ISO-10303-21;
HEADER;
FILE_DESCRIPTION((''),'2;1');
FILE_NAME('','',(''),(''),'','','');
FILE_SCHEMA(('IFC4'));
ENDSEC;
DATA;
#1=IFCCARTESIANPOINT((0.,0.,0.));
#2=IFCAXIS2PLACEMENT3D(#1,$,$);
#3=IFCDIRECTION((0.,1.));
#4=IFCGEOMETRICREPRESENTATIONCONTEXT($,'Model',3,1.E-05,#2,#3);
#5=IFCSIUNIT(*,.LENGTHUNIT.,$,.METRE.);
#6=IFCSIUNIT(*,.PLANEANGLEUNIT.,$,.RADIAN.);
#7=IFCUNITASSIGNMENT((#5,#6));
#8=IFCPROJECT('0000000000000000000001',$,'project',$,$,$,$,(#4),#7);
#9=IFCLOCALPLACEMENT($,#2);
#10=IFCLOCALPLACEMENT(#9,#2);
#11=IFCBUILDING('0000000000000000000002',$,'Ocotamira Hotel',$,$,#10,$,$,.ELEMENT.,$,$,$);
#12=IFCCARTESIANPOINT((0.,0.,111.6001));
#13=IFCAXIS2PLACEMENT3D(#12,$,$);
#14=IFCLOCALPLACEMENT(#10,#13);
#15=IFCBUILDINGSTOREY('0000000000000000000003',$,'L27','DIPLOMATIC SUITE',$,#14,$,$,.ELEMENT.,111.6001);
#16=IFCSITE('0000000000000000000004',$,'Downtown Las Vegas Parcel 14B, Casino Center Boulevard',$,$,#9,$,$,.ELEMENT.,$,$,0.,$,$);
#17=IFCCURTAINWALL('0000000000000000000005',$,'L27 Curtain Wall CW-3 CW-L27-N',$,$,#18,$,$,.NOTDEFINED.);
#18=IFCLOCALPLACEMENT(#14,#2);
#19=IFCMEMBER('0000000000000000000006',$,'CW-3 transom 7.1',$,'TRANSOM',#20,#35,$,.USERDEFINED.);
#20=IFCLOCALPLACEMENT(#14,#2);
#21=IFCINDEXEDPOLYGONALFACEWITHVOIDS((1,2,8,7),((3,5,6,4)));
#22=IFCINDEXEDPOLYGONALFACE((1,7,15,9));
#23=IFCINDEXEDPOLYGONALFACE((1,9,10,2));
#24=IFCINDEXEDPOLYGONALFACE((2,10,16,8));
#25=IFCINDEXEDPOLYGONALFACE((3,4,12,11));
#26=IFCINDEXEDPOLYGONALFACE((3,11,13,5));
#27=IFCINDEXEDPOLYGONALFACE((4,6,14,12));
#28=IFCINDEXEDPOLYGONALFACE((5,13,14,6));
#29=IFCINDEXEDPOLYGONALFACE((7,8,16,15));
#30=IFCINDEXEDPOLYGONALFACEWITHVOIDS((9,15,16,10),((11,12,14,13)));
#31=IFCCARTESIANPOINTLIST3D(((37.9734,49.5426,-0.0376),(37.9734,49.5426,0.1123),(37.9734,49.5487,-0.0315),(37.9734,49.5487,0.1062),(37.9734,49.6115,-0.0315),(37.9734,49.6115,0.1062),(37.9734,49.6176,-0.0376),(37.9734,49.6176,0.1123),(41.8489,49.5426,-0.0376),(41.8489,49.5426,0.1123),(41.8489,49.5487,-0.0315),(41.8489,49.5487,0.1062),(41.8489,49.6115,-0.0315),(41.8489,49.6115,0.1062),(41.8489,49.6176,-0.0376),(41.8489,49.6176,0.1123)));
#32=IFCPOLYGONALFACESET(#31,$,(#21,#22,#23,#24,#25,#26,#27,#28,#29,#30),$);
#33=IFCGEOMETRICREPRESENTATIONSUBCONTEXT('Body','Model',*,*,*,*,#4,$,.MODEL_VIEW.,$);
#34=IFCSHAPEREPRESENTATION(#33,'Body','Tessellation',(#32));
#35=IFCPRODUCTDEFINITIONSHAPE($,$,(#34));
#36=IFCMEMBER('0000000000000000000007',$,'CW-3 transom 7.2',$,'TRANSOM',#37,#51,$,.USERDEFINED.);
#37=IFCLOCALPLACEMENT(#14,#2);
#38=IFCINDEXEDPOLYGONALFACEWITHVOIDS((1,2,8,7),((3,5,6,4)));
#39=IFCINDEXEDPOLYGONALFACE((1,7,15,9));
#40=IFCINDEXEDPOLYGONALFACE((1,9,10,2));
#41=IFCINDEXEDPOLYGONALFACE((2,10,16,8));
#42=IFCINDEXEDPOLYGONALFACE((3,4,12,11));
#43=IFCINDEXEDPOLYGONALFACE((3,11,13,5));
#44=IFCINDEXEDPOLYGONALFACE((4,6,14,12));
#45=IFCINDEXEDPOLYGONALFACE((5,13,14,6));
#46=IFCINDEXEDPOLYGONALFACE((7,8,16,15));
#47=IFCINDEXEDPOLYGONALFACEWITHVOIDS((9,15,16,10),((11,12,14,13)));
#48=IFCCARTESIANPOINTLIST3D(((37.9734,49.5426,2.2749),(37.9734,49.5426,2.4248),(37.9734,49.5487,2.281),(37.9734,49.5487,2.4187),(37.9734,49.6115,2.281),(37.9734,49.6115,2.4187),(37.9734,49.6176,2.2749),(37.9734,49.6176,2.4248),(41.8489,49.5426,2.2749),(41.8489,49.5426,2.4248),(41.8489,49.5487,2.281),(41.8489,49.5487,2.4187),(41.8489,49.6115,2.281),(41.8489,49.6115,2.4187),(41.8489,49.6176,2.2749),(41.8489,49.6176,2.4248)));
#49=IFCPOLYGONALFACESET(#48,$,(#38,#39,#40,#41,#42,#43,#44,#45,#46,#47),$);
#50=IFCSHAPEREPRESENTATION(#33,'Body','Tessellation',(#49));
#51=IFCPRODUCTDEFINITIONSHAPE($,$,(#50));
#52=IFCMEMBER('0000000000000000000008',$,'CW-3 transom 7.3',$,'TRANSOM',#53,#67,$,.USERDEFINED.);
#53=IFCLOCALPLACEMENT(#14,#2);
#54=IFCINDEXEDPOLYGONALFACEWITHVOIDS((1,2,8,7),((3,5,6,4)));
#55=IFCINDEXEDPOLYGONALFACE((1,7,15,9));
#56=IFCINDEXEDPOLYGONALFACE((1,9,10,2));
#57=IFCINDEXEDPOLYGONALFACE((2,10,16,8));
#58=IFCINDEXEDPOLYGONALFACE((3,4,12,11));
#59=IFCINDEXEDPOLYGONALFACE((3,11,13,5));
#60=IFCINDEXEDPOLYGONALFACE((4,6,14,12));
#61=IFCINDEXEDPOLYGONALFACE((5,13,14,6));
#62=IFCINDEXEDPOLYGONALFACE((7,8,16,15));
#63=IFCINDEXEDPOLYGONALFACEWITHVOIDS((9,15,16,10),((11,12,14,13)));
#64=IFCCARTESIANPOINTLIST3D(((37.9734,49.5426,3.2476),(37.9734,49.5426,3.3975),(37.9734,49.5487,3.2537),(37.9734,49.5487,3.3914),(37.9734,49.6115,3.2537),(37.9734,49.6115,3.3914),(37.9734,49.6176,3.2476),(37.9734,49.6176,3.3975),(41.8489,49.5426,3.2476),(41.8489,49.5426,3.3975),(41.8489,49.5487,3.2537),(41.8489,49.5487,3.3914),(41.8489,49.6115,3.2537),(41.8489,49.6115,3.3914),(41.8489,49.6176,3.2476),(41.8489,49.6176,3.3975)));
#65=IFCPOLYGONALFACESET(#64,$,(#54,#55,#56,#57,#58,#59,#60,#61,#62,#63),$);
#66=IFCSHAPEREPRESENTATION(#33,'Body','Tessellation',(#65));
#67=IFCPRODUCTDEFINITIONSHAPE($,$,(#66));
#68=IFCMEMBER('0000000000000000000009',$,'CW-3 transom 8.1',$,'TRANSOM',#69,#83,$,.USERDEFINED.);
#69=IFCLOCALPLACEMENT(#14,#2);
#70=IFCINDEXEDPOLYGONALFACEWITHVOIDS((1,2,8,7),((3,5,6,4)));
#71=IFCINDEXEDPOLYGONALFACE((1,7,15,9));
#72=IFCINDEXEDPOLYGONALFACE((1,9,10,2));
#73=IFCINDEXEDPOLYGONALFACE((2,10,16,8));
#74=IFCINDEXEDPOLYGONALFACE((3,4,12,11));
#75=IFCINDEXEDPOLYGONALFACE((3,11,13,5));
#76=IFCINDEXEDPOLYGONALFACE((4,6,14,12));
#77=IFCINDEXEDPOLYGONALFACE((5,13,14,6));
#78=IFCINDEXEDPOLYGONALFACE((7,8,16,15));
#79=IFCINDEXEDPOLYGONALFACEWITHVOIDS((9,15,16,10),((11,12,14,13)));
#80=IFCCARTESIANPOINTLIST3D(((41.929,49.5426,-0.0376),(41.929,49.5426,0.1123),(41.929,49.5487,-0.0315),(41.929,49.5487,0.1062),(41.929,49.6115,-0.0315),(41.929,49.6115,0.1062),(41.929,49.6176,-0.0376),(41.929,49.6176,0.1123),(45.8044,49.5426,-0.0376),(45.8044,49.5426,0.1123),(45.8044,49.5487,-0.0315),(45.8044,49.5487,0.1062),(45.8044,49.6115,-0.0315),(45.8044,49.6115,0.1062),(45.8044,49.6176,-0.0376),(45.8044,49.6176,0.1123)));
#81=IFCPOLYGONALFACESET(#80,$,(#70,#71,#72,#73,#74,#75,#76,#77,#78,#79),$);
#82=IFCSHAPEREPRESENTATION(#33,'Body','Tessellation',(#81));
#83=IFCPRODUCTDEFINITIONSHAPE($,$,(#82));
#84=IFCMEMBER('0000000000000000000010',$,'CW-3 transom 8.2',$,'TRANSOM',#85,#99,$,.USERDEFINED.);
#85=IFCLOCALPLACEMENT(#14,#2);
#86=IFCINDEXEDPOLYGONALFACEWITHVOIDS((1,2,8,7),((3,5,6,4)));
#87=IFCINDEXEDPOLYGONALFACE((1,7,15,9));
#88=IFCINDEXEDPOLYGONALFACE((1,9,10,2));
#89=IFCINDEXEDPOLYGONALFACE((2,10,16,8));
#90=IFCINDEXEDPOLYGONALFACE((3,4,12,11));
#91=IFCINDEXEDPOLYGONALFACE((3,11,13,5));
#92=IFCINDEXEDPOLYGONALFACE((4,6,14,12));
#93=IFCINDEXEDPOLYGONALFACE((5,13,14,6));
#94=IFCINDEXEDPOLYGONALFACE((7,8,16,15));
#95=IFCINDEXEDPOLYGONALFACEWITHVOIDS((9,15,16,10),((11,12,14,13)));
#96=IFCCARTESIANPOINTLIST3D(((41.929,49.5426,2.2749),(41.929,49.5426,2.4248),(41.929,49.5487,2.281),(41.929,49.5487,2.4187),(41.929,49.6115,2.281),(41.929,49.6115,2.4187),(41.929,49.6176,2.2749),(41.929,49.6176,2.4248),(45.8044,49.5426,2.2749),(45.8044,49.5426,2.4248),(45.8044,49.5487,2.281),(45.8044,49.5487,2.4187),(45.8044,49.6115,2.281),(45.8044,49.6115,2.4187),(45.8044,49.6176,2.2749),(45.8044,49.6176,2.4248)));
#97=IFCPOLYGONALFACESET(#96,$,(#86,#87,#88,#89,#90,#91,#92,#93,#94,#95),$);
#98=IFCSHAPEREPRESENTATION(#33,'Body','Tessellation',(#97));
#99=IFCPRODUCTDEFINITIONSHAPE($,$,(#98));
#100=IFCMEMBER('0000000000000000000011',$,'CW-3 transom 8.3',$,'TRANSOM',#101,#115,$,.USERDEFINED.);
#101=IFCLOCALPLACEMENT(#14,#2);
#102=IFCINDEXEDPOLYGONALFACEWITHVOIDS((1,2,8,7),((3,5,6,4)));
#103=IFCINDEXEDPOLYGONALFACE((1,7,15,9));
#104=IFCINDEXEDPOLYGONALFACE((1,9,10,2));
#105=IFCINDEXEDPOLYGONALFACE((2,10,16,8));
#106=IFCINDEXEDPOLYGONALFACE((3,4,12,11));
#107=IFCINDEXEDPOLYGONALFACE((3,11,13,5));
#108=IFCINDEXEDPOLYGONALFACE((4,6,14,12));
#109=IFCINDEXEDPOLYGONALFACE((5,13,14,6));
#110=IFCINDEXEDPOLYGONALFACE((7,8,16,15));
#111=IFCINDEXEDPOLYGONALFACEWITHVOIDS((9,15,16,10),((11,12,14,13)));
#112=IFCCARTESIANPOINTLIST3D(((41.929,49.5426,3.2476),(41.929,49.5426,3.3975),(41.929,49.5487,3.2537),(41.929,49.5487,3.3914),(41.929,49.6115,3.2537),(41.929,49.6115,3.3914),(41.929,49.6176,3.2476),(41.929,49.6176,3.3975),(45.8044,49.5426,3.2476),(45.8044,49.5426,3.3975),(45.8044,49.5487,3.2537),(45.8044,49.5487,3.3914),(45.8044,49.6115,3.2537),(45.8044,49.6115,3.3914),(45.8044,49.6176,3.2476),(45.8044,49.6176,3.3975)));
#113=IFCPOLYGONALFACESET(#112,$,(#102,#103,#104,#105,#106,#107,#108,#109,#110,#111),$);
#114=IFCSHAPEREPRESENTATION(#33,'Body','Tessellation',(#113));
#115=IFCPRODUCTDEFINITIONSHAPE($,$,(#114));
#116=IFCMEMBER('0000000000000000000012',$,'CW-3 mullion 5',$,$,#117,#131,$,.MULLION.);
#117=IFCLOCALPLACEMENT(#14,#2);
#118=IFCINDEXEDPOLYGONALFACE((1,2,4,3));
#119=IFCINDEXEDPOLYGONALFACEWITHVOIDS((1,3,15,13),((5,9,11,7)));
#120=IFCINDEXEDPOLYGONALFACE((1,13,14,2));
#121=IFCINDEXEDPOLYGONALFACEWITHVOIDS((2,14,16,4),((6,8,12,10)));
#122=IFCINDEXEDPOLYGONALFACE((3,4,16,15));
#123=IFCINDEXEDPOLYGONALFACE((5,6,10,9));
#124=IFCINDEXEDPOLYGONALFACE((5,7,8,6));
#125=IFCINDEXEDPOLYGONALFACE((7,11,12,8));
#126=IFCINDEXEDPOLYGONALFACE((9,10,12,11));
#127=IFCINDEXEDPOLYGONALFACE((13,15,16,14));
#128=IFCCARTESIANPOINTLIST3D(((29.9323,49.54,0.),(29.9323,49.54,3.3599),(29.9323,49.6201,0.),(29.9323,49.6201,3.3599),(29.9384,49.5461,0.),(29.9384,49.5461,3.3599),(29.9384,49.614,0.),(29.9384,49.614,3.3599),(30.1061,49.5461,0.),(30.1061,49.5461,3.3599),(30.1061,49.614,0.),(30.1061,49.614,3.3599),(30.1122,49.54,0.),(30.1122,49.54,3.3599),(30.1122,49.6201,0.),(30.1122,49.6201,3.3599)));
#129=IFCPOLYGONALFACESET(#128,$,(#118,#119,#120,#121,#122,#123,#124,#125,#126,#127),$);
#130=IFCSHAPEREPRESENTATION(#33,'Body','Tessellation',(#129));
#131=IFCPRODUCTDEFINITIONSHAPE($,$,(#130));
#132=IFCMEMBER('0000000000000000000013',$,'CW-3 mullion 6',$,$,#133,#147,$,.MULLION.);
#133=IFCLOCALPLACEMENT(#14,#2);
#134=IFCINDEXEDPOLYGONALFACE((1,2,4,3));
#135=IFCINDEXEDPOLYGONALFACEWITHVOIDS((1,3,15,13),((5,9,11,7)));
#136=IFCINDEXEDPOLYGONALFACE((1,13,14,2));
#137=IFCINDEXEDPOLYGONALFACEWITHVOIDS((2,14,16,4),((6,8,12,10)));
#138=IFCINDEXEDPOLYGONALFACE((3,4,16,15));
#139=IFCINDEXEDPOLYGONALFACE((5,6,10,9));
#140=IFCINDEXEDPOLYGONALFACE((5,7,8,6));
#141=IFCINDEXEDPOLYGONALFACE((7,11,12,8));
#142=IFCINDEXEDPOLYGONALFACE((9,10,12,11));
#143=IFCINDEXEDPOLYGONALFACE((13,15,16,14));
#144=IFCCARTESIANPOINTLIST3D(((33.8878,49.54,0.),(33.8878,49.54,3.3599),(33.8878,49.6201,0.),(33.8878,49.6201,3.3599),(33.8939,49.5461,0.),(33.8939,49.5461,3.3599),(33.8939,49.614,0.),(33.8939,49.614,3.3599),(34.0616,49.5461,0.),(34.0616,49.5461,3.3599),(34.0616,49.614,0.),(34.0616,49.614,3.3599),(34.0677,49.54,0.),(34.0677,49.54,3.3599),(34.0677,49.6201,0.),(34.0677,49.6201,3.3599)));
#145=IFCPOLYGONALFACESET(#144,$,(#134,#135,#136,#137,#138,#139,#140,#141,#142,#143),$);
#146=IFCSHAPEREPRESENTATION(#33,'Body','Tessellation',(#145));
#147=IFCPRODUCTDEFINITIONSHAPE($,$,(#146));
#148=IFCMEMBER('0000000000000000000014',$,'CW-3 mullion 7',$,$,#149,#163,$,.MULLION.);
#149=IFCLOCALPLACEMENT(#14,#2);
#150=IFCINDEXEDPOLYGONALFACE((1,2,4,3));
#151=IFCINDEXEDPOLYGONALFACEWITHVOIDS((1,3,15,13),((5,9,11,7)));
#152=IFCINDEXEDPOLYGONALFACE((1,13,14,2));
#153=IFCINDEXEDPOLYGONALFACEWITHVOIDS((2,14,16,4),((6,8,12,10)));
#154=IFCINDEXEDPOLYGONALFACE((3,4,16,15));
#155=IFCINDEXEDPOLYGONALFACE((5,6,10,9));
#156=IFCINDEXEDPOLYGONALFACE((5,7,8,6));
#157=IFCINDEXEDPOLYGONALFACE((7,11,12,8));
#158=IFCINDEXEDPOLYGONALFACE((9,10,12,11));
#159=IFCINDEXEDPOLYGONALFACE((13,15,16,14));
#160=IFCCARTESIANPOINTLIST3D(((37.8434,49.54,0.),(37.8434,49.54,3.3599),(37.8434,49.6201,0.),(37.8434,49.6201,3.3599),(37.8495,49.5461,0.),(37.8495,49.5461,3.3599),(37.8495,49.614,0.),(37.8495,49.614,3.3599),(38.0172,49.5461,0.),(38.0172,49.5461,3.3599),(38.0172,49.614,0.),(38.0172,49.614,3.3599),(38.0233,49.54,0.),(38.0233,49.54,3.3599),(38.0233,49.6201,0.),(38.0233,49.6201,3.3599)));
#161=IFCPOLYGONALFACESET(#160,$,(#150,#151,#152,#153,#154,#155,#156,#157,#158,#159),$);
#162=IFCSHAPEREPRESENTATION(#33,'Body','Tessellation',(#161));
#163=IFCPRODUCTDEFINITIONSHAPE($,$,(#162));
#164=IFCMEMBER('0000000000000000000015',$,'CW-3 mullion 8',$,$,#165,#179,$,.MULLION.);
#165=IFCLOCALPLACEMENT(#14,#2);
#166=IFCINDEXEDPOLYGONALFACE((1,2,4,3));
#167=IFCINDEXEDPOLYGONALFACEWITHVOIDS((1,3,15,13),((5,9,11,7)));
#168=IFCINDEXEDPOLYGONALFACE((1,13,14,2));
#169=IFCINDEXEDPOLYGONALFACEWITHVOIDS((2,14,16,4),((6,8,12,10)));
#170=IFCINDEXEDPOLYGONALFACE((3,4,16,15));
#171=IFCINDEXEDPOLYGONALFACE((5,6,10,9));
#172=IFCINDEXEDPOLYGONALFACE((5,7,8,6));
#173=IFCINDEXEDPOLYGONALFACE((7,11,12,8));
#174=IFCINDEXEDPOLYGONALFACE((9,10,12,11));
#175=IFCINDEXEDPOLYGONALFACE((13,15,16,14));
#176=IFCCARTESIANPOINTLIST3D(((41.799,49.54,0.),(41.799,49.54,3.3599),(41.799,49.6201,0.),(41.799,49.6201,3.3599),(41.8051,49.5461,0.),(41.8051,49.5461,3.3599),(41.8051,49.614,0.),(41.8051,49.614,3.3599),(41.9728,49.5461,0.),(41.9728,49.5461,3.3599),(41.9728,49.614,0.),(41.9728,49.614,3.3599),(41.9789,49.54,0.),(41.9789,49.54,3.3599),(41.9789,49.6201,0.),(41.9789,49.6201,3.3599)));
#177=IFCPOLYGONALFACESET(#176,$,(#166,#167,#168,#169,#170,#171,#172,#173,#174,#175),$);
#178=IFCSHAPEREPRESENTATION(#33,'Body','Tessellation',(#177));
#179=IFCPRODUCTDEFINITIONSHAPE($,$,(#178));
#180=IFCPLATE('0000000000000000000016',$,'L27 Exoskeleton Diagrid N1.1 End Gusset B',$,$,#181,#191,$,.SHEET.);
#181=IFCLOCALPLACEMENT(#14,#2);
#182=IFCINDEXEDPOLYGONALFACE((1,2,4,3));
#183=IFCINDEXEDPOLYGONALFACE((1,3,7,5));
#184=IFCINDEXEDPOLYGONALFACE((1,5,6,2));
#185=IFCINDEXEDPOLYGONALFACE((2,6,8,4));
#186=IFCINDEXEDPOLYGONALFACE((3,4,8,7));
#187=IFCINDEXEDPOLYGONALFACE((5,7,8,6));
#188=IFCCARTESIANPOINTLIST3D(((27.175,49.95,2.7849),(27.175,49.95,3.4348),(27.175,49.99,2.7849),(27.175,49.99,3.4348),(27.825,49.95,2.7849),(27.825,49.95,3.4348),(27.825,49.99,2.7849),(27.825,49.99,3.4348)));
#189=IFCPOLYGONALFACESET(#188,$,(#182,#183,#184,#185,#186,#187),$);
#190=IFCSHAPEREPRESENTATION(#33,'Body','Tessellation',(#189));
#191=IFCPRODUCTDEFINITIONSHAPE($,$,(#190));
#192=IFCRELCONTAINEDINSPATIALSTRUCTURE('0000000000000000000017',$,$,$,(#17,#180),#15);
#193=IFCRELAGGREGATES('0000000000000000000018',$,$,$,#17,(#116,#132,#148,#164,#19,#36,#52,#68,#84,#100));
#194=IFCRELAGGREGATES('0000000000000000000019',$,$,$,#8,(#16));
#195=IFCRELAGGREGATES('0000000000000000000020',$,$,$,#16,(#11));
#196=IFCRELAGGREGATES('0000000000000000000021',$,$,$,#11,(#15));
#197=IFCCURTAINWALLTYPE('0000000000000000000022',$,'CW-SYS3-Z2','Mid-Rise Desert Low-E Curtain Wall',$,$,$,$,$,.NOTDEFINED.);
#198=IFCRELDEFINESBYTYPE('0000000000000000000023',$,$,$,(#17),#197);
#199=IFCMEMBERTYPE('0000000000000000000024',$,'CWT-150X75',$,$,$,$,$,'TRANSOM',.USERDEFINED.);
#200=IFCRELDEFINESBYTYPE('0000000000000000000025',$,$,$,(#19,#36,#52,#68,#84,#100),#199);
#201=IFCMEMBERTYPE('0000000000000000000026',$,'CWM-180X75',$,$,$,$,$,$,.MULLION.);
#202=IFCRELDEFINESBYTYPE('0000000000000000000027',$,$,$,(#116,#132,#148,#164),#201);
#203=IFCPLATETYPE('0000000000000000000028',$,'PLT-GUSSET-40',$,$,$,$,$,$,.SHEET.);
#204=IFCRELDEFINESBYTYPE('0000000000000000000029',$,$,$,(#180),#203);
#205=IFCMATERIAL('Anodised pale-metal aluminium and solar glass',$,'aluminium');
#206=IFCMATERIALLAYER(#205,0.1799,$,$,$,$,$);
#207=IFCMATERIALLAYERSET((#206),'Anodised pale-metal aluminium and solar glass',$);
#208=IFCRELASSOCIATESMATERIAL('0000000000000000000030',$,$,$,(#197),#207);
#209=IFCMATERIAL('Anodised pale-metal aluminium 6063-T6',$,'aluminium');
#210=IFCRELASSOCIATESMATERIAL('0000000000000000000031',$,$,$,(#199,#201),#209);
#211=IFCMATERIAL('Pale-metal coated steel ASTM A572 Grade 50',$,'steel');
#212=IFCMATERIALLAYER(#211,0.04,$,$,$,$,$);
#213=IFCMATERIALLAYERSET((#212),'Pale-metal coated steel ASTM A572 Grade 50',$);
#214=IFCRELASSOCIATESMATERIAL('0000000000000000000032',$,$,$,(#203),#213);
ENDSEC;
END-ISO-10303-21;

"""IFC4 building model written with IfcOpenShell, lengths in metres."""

from ifc_helpers import new_model, si_unit, direction, frame, origin, origin_2d, place, context, subcontext, project, spatial, rectangle, hollow_rectangle, extrude, source, transform, mapped, material, layer, layer_set, material_profile, profile_set, type_object, element, aggregate, save


model = new_model("IFC4")

# Units and contexts
model_context = context("Model", 3, precision=1e-05, world=origin(), true_north=direction((0.0, 1.0)))
body_context = subcontext(model_context, "Body", "Model", "MODEL_VIEW")
ifc_project = project(units=[si_unit("LENGTHUNIT", "METRE"), si_unit("PLANEANGLEUNIT", "RADIAN")], contexts=[model_context])

# Site, building, storey
site_placement = place(None, origin())
site = spatial("IfcSite", under=ifc_project, at=site_placement, Name="Downtown Las Vegas Parcel 14B, Casino Center Boulevard", CompositionType="ELEMENT", RefElevation=0.0)
building_placement = place(site_placement, origin())
building = spatial("IfcBuilding", under=site, at=building_placement, Name="Ocotamira Hotel", CompositionType="ELEMENT")
storey_placement = place(building_placement, frame((0.0, 0.0, 111.6001)))
storey = spatial("IfcBuildingStorey", under=building, at=storey_placement, Name="L27", Description="DIPLOMATIC SUITE", CompositionType="ELEMENT", Elevation=111.6001)

# Curtain wall, members
ifc_material_1 = material(Name="Anodised pale-metal aluminium and solar glass", Category="aluminium")
ifc_layer_1 = layer(ifc_material_1, 0.1799)
ifc_layer_set_1 = layer_set([ifc_layer_1], Name="Anodised pale-metal aluminium and solar glass")
curtain_wall_type = type_object("IfcCurtainWallType", Name="CW-SYS3-Z2", Description="Mid-Rise Desert Low-E Curtain Wall", PredefinedType="NOTDEFINED", material=ifc_layer_set_1)
curtain_wall_placement = place(storey_placement, origin())
curtain_wall = element("IfcCurtainWall", 1, at=curtain_wall_placement, inside=storey, type_object=curtain_wall_type, Name="L27 Curtain Wall CW-3 CW-L27-N", PredefinedType="NOTDEFINED")
ifc_material_2 = material(Name="Anodised pale-metal aluminium 6063-T6", Category="aluminium")
ifc_material_profile_1 = material_profile(ifc_material_2, hollow_rectangle(XDim=0.075, YDim=0.1499, WallThickness=0.0061, at=origin_2d()), Name="HSS150X75X6")
ifc_profile_set_1 = profile_set([ifc_material_profile_1], Name="Anodised pale-metal aluminium 6063-T6")
member_type_1 = type_object("IfcMemberType", Name="CWT-150X75", ElementType="TRANSOM", PredefinedType="USERDEFINED", material=ifc_profile_set_1)
shared_shape_1 = source(origin(), body_context, "Body", "SweptSolid", [
    extrude(hollow_rectangle(XDim=0.075, YDim=0.1499, WallThickness=0.0061, at=origin_2d()), origin(), (0.0, 0.0, 1.0), 3.8755),
])
member_1_placement = place(storey_placement, frame((37.9734, 49.5801, 0.0374), z_axis=(1.0, 0.0, 0.0), x_axis=(0.0, 1.0, 0.0)))
member_1 = element("IfcMember", 2, at=member_1_placement, type_object=member_type_1, Name="CW-3 transom 7.1", ObjectType="TRANSOM", PredefinedType="USERDEFINED", context=body_context, shape_type="MappedRepresentation", body=[
    mapped(shared_shape_1, transform((0.0, 0.0, 0.0), scale=1.0)),
])
member_2_placement = place(storey_placement, frame((37.9734, 49.5801, 2.3499), z_axis=(1.0, 0.0, 0.0), x_axis=(0.0, 1.0, 0.0)))
member_2 = element("IfcMember", 3, at=member_2_placement, type_object=member_type_1, Name="CW-3 transom 7.2", ObjectType="TRANSOM", PredefinedType="USERDEFINED", context=body_context, shape_type="MappedRepresentation", body=[
    mapped(shared_shape_1, transform((0.0, 0.0, 0.0), scale=1.0)),
])
member_3_placement = place(storey_placement, frame((37.9734, 49.5801, 3.3225), z_axis=(1.0, 0.0, 0.0), x_axis=(0.0, 1.0, 0.0)))
member_3 = element("IfcMember", 4, at=member_3_placement, type_object=member_type_1, Name="CW-3 transom 7.3", ObjectType="TRANSOM", PredefinedType="USERDEFINED", context=body_context, shape_type="MappedRepresentation", body=[
    mapped(shared_shape_1, transform((0.0, 0.0, 0.0), scale=1.0)),
])
member_4_placement = place(storey_placement, frame((41.929, 49.5801, 0.0374), z_axis=(1.0, 0.0, 0.0), x_axis=(0.0, 1.0, 0.0)))
member_4 = element("IfcMember", 5, at=member_4_placement, type_object=member_type_1, Name="CW-3 transom 8.1", ObjectType="TRANSOM", PredefinedType="USERDEFINED", context=body_context, shape_type="MappedRepresentation", body=[
    mapped(shared_shape_1, transform((0.0, 0.0, 0.0), scale=1.0)),
])
member_5_placement = place(storey_placement, frame((41.929, 49.5801, 2.3499), z_axis=(1.0, 0.0, 0.0), x_axis=(0.0, 1.0, 0.0)))
member_5 = element("IfcMember", 6, at=member_5_placement, type_object=member_type_1, Name="CW-3 transom 8.2", ObjectType="TRANSOM", PredefinedType="USERDEFINED", context=body_context, shape_type="MappedRepresentation", body=[
    mapped(shared_shape_1, transform((0.0, 0.0, 0.0), scale=1.0)),
])
member_6_placement = place(storey_placement, frame((41.929, 49.5801, 3.3225), z_axis=(1.0, 0.0, 0.0), x_axis=(0.0, 1.0, 0.0)))
member_6 = element("IfcMember", 7, at=member_6_placement, type_object=member_type_1, Name="CW-3 transom 8.3", ObjectType="TRANSOM", PredefinedType="USERDEFINED", context=body_context, shape_type="MappedRepresentation", body=[
    mapped(shared_shape_1, transform((0.0, 0.0, 0.0), scale=1.0)),
])
ifc_material_profile_2 = material_profile(ifc_material_2, hollow_rectangle(XDim=0.0801, YDim=0.1799, WallThickness=0.0061, at=origin_2d()), Name="HSS180X80X6")
ifc_profile_set_2 = profile_set([ifc_material_profile_2], Name="Anodised pale-metal aluminium 6063-T6")
member_type_2 = type_object("IfcMemberType", Name="CWM-180X75", PredefinedType="MULLION", material=ifc_profile_set_2)
shared_shape_2 = source(origin(), body_context, "Body", "SweptSolid", [
    extrude(hollow_rectangle(XDim=0.0801, YDim=0.1799, WallThickness=0.0061, at=origin_2d()), origin(), (0.0, 0.0, 1.0), 3.3599),
])
member_7_placement = place(storey_placement, frame((30.0222, 49.5801, 0.0), z_axis=(0.0, 0.0, 1.0), x_axis=(0.0, 1.0, 0.0)))
member_7 = element("IfcMember", 8, at=member_7_placement, type_object=member_type_2, Name="CW-3 mullion 5", PredefinedType="MULLION", context=body_context, shape_type="MappedRepresentation", body=[
    mapped(shared_shape_2, transform((0.0, 0.0, 0.0), scale=1.0)),
])
member_8_placement = place(storey_placement, frame((33.9778, 49.5801, 0.0), z_axis=(0.0, 0.0, 1.0), x_axis=(0.0, 1.0, 0.0)))
member_8 = element("IfcMember", 9, at=member_8_placement, type_object=member_type_2, Name="CW-3 mullion 6", PredefinedType="MULLION", context=body_context, shape_type="MappedRepresentation", body=[
    mapped(shared_shape_2, transform((0.0, 0.0, 0.0), scale=1.0)),
])
member_9_placement = place(storey_placement, frame((37.9333, 49.5801, 0.0), z_axis=(0.0, 0.0, 1.0), x_axis=(0.0, 1.0, 0.0)))
member_9 = element("IfcMember", 10, at=member_9_placement, type_object=member_type_2, Name="CW-3 mullion 7", PredefinedType="MULLION", context=body_context, shape_type="MappedRepresentation", body=[
    mapped(shared_shape_2, transform((0.0, 0.0, 0.0), scale=1.0)),
])
member_10_placement = place(storey_placement, frame((41.8889, 49.5801, 0.0), z_axis=(0.0, 0.0, 1.0), x_axis=(0.0, 1.0, 0.0)))
member_10 = element("IfcMember", 11, at=member_10_placement, type_object=member_type_2, Name="CW-3 mullion 8", PredefinedType="MULLION", context=body_context, shape_type="MappedRepresentation", body=[
    mapped(shared_shape_2, transform((0.0, 0.0, 0.0), scale=1.0)),
])

# Plate
ifc_material_3 = material(Name="Pale-metal coated steel ASTM A572 Grade 50", Category="steel")
ifc_layer_2 = layer(ifc_material_3, 0.04)
ifc_layer_set_2 = layer_set([ifc_layer_2], Name="Pale-metal coated steel ASTM A572 Grade 50")
plate_type_1 = type_object("IfcPlateType", Name="PLT-GUSSET-40", PredefinedType="SHEET", material=ifc_layer_set_2)
shared_shape_3 = source(origin(), body_context, "Body", "SweptSolid", [
    extrude(rectangle(XDim=0.6499, YDim=0.04, at=origin_2d()), origin(), (0.0, 0.0, 1.0), 0.6499),
])
for number, where, z_axis, x_axis, name in (
    (12, (27.5, 49.97, 2.7849), (0.0, 0.0, 1.0), (1.0, 0.0, 0.0), "L27 Exoskeleton Diagrid N1.1 End Gusset B"),
):
    element("IfcPlate", number, at=place(storey_placement, frame(where, z_axis=z_axis, x_axis=x_axis)), inside=storey, type_object=plate_type_1, Name=name, PredefinedType="SHEET", context=body_context, shape_type="MappedRepresentation", body=[
        mapped(shared_shape_3, transform((0.0, 0.0, 0.0), scale=1.0)),
    ])

aggregate(curtain_wall, [member_7, member_8, member_9, member_10, member_1, member_2, member_3, member_4, member_5, member_6])

save(model, "model.ifc")
